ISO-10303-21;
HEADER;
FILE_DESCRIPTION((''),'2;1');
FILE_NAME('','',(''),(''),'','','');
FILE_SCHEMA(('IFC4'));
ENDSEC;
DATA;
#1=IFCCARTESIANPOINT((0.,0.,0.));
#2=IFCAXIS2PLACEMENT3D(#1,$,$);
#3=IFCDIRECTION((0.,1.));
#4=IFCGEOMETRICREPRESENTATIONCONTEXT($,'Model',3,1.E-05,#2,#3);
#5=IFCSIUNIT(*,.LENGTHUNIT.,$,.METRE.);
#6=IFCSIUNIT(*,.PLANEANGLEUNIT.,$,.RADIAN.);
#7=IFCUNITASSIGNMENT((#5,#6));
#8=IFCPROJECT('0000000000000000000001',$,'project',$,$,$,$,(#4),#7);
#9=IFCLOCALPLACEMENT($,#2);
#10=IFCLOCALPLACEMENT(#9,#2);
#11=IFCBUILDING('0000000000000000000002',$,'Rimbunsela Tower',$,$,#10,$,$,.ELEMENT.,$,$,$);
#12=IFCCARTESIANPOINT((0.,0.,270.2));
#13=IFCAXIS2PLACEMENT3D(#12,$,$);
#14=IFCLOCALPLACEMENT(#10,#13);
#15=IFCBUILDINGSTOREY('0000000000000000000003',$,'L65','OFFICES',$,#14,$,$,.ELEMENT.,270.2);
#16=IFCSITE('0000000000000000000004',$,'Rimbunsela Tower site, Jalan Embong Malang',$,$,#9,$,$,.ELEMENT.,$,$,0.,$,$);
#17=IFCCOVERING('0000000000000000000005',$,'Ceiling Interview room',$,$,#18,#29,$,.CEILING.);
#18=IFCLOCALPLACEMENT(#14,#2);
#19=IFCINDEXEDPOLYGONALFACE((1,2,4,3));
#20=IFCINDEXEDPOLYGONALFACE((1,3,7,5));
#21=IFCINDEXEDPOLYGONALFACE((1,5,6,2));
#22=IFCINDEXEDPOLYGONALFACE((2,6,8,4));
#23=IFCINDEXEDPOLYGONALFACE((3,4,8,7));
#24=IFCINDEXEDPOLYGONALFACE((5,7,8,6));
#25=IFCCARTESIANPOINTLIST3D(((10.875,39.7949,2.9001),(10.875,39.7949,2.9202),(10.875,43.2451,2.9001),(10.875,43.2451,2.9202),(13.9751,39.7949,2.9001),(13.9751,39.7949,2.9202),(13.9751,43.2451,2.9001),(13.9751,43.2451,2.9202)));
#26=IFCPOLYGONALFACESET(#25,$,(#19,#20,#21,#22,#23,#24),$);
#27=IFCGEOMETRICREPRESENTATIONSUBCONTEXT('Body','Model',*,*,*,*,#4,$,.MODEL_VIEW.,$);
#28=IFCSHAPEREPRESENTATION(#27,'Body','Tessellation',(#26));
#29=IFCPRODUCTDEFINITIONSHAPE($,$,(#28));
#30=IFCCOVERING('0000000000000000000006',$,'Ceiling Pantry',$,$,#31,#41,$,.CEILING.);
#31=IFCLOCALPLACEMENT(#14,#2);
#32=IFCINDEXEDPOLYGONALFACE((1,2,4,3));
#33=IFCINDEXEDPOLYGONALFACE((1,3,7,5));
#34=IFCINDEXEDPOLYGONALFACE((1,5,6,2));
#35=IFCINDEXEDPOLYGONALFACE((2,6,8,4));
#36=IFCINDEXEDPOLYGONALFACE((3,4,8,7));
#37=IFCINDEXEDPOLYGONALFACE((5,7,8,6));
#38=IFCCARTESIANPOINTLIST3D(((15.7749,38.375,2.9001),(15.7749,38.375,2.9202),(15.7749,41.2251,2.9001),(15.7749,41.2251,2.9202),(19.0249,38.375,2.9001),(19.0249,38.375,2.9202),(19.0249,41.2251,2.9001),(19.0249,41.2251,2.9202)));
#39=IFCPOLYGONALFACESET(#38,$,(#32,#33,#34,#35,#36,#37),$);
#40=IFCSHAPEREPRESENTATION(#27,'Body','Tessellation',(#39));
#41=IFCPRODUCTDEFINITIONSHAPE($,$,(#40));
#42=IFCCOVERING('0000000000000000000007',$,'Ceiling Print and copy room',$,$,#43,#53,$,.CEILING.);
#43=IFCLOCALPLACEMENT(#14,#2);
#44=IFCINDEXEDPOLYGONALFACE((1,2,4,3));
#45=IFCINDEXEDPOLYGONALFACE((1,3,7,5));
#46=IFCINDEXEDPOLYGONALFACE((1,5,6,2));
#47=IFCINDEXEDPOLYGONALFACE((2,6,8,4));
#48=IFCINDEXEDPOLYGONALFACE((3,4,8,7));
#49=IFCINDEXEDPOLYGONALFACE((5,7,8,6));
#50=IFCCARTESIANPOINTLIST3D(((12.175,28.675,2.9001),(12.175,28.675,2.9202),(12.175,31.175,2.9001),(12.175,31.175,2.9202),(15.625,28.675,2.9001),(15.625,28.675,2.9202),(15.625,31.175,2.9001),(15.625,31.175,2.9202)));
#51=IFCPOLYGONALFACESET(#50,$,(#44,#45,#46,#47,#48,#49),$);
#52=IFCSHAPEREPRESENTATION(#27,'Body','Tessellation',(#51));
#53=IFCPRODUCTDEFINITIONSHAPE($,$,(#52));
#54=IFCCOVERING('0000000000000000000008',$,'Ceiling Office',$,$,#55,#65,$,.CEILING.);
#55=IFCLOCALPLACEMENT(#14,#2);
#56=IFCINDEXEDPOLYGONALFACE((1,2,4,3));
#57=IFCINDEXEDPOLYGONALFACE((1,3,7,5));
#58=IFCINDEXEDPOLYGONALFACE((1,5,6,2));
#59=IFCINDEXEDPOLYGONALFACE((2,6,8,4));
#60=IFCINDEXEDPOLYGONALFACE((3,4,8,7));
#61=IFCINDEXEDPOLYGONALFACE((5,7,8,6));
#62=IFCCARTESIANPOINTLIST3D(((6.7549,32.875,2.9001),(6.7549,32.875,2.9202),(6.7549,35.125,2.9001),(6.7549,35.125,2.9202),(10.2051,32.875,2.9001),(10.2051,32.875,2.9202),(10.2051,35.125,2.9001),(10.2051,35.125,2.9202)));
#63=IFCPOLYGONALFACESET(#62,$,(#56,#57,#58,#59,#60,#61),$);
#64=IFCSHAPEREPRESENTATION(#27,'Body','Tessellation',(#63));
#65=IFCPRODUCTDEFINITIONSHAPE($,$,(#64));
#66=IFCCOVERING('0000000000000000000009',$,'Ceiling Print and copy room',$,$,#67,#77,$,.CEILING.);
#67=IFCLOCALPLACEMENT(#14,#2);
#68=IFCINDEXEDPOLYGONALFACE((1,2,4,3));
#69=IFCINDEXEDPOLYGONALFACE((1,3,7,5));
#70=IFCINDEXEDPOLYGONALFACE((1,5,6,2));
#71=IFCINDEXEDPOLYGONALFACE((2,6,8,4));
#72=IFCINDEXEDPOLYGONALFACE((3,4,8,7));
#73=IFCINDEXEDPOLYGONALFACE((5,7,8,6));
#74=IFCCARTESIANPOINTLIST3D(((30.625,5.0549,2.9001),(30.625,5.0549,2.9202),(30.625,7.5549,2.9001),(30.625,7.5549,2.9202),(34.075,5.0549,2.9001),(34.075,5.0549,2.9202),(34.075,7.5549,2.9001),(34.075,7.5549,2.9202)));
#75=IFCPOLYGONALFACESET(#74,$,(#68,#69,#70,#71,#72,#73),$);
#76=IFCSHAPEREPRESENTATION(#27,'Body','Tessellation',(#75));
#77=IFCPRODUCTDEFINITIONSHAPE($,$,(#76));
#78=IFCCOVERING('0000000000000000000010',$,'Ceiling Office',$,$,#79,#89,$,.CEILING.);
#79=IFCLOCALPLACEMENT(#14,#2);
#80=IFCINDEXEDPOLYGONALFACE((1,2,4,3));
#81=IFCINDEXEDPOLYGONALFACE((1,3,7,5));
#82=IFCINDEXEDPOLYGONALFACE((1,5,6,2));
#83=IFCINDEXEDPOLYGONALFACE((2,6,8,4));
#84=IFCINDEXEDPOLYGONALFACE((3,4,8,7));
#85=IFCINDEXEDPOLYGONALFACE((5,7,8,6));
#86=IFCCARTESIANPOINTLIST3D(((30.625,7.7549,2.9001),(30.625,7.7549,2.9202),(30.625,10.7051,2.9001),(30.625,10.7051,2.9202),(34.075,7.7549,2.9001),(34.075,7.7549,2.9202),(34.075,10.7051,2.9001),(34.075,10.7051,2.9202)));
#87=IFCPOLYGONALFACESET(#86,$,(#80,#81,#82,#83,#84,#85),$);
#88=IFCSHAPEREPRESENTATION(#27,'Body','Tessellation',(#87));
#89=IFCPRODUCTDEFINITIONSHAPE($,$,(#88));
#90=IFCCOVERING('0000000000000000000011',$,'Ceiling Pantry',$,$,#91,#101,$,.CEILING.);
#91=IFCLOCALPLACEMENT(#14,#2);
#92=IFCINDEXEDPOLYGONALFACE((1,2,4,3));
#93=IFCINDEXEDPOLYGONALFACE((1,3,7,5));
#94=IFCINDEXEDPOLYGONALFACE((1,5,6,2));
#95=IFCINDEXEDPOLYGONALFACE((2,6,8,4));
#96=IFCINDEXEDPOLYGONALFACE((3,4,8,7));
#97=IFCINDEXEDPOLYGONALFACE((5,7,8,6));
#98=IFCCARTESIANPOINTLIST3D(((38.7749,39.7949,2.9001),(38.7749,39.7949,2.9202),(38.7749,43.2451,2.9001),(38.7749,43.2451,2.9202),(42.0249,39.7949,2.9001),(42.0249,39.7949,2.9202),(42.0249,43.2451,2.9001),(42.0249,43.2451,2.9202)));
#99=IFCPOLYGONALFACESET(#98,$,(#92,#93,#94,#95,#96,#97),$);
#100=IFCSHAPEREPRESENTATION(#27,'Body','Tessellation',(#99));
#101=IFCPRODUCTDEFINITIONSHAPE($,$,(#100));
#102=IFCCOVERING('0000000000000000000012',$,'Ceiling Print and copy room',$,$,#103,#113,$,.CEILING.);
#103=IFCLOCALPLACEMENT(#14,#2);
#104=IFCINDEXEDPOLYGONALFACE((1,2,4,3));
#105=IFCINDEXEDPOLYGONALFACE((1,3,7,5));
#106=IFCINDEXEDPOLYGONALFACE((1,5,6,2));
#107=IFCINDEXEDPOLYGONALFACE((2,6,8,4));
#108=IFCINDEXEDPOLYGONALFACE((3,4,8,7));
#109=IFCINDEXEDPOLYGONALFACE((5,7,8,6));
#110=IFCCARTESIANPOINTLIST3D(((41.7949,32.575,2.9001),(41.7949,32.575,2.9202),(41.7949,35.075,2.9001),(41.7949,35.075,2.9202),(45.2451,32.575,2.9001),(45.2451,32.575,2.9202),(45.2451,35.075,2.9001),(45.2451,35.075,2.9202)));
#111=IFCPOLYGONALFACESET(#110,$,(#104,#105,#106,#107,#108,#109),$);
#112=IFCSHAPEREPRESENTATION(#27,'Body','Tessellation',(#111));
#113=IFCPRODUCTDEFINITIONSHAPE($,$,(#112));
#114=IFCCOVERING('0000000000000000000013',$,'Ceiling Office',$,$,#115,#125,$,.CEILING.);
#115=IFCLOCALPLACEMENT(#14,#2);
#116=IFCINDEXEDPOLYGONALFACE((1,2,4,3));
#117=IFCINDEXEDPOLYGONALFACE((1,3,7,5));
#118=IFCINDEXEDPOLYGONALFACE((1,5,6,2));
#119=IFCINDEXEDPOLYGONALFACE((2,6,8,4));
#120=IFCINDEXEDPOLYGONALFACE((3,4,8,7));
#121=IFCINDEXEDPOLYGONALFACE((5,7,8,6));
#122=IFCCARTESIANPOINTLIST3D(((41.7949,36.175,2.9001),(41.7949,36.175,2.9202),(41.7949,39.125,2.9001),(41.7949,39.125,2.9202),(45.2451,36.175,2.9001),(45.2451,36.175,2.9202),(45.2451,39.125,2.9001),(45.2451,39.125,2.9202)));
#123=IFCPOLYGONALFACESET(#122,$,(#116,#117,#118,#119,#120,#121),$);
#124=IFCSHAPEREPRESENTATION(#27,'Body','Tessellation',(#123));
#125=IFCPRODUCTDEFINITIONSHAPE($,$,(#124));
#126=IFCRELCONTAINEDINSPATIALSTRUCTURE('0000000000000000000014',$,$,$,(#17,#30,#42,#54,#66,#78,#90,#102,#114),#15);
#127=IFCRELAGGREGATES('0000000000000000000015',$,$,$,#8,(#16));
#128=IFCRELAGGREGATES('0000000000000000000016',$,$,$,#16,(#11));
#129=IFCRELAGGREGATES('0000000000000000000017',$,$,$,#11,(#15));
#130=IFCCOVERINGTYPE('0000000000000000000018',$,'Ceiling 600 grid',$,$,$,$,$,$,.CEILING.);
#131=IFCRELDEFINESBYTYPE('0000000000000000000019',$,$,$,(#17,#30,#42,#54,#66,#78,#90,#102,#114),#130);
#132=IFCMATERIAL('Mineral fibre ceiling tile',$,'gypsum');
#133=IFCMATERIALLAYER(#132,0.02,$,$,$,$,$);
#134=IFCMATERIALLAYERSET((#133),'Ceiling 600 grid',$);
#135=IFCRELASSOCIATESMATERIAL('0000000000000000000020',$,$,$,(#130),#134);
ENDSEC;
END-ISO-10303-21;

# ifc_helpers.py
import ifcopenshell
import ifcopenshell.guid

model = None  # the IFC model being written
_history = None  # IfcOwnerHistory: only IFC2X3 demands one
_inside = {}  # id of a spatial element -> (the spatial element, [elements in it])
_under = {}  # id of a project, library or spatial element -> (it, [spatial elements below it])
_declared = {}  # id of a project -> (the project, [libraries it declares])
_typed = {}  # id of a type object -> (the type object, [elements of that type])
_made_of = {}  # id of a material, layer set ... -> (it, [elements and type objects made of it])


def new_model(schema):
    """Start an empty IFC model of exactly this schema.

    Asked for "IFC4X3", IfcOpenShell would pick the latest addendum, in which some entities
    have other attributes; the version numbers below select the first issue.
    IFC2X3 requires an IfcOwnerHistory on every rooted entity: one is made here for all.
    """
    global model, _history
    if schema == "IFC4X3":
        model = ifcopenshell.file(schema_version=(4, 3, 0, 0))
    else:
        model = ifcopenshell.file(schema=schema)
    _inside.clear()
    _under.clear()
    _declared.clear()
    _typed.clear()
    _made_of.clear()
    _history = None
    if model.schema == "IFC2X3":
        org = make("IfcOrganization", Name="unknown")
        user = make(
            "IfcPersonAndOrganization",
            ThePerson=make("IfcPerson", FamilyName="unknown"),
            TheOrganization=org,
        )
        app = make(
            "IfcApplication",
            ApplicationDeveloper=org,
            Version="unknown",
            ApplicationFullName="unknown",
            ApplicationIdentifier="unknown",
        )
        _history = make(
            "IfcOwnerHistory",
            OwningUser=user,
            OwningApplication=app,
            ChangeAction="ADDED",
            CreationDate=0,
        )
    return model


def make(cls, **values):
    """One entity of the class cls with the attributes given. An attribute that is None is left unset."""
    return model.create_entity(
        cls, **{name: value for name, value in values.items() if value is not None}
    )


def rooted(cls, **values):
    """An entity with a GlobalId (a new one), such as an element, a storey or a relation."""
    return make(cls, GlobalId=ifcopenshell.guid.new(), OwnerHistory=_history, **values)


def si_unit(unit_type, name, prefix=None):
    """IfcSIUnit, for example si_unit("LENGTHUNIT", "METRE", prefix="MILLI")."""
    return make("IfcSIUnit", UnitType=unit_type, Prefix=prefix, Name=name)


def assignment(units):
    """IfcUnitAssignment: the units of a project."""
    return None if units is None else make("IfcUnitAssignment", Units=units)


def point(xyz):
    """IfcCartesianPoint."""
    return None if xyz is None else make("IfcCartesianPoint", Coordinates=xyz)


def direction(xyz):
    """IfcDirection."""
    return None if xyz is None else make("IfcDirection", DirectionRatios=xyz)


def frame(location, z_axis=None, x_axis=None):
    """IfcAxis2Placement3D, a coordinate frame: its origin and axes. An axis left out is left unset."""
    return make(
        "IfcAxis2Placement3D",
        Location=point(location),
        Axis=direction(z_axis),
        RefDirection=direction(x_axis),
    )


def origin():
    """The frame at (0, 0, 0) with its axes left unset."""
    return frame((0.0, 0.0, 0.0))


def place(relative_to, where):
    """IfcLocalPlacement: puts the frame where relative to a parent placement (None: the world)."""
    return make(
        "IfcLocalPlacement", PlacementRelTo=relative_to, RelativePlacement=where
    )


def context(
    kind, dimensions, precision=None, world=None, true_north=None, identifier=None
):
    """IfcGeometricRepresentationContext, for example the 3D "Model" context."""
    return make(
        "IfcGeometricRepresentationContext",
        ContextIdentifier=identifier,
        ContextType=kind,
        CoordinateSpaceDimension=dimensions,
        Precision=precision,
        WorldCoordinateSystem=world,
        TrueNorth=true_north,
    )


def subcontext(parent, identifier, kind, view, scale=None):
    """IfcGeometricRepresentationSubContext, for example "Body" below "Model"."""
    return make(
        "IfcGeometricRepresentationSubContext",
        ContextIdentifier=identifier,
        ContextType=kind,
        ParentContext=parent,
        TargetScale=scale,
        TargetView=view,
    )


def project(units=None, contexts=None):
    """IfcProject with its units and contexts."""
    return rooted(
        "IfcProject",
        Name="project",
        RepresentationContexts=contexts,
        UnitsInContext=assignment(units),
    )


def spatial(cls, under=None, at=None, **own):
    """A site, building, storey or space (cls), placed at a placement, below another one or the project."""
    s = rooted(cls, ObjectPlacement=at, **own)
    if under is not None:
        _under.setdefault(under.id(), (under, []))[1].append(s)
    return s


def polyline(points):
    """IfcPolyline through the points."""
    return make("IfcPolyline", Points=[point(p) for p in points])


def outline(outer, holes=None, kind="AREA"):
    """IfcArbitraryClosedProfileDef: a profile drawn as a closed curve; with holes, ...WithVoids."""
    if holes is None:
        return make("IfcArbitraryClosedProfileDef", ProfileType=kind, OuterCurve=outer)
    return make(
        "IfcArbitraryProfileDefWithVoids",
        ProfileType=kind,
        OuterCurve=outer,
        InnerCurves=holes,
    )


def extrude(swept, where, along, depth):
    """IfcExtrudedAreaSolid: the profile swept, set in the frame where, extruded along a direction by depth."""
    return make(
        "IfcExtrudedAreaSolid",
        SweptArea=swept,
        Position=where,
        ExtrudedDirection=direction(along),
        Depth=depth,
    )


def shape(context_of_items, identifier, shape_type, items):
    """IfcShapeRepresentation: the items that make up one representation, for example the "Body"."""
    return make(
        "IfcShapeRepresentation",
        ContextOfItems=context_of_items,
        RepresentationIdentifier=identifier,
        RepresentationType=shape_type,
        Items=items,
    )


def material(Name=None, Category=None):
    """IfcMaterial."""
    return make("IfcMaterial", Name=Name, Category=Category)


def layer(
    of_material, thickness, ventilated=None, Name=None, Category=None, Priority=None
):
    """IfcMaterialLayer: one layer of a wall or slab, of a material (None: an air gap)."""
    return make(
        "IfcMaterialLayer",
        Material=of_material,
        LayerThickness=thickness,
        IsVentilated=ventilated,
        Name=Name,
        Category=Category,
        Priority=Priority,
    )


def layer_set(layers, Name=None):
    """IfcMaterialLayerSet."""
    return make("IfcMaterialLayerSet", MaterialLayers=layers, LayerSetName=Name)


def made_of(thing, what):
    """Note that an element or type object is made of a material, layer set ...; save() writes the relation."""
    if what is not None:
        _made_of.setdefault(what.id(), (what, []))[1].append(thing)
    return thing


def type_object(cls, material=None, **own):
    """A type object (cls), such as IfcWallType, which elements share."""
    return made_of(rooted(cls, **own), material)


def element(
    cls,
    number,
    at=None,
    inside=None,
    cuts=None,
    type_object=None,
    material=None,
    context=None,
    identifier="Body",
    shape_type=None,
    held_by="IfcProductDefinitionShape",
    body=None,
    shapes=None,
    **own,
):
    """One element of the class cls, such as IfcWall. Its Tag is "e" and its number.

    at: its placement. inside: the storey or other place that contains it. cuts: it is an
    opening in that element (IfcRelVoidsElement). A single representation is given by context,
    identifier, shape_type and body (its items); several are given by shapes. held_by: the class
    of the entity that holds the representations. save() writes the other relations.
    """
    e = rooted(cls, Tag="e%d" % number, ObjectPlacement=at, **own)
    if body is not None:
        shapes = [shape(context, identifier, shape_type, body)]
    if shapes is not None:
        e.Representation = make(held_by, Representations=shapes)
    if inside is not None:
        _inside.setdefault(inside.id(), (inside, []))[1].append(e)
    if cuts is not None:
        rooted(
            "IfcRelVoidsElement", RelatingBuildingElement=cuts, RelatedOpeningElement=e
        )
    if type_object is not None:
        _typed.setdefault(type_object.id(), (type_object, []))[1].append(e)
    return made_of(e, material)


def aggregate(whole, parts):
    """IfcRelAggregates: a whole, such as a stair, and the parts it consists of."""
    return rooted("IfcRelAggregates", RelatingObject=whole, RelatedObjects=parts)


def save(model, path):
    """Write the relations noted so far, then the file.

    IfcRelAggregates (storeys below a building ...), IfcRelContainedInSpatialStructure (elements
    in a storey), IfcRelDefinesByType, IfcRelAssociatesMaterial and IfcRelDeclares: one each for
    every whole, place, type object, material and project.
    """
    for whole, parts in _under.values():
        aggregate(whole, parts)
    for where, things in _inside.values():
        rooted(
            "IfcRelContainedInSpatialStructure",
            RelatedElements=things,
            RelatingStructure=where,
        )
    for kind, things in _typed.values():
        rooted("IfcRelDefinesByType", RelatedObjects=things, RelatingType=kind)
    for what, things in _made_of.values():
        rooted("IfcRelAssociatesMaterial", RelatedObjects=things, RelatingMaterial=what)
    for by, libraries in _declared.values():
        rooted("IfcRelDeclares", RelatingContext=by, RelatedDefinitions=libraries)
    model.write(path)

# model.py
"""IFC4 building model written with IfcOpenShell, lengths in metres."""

from ifc_helpers import new_model, si_unit, direction, frame, origin, place, context, subcontext, project, spatial, polyline, outline, extrude, material, layer, layer_set, type_object, element, save


model = new_model("IFC4")

# Units and contexts
model_context = context("Model", 3, precision=1e-05, world=origin(), true_north=direction((0.0, 1.0)))
body_context = subcontext(model_context, "Body", "Model", "MODEL_VIEW")
ifc_project = project(units=[si_unit("LENGTHUNIT", "METRE"), si_unit("PLANEANGLEUNIT", "RADIAN")], contexts=[model_context])

# Site, building, storey
site_placement = place(None, origin())
site = spatial("IfcSite", under=ifc_project, at=site_placement, Name="Rimbunsela Tower site, Jalan Embong Malang", CompositionType="ELEMENT", RefElevation=0.0)
building_placement = place(site_placement, origin())
building = spatial("IfcBuilding", under=site, at=building_placement, Name="Rimbunsela Tower", CompositionType="ELEMENT")
storey_placement = place(building_placement, frame((0.0, 0.0, 270.2)))
storey = spatial("IfcBuildingStorey", under=building, at=storey_placement, Name="L65", Description="OFFICES", CompositionType="ELEMENT", Elevation=270.2)

# Coverings
ifc_material_1 = material(Name="Mineral fibre ceiling tile", Category="gypsum")
ifc_layer_1 = layer(ifc_material_1, 0.02)
ifc_layer_set_1 = layer_set([ifc_layer_1], Name="Ceiling 600 grid")
covering_type_1 = type_object("IfcCoveringType", Name="Ceiling 600 grid", PredefinedType="CEILING", material=ifc_layer_set_1)
covering_1_placement = place(storey_placement, frame((0.0, 0.0, 2.9001)))
element("IfcCovering", 1, at=covering_1_placement, inside=storey, type_object=covering_type_1, Name="Ceiling Interview room", PredefinedType="CEILING", context=body_context, shape_type="SweptSolid", body=[
    extrude(outline(polyline([(13.9751, 39.7949), (13.9751, 43.2451), (10.875, 43.2451), (10.875, 39.7949), (13.9751, 39.7949)])), origin(), (0.0, 0.0, 1.0), 0.02),
])
covering_2_placement = place(storey_placement, frame((0.0, 0.0, 2.9001)))
element("IfcCovering", 2, at=covering_2_placement, inside=storey, type_object=covering_type_1, Name="Ceiling Pantry", PredefinedType="CEILING", context=body_context, shape_type="SweptSolid", body=[
    extrude(outline(polyline([(19.0249, 38.375), (19.0249, 41.2251), (15.7749, 41.2251), (15.7749, 38.375), (19.0249, 38.375)])), origin(), (0.0, 0.0, 1.0), 0.02),
])
covering_3_placement = place(storey_placement, frame((0.0, 0.0, 2.9001)))
element("IfcCovering", 3, at=covering_3_placement, inside=storey, type_object=covering_type_1, Name="Ceiling Print and copy room", PredefinedType="CEILING", context=body_context, shape_type="SweptSolid", body=[
    extrude(outline(polyline([(15.625, 28.675), (15.625, 31.175), (12.175, 31.175), (12.175, 28.675), (15.625, 28.675)])), origin(), (0.0, 0.0, 1.0), 0.02),
])
covering_4_placement = place(storey_placement, frame((0.0, 0.0, 2.9001)))
element("IfcCovering", 4, at=covering_4_placement, inside=storey, type_object=covering_type_1, Name="Ceiling Office", PredefinedType="CEILING", context=body_context, shape_type="SweptSolid", body=[
    extrude(outline(polyline([(10.2051, 32.875), (10.2051, 35.125), (6.7549, 35.125), (6.7549, 32.875), (10.2051, 32.875)])), origin(), (0.0, 0.0, 1.0), 0.02),
])
covering_5_placement = place(storey_placement, frame((0.0, 0.0, 2.9001)))
element("IfcCovering", 5, at=covering_5_placement, inside=storey, type_object=covering_type_1, Name="Ceiling Print and copy room", PredefinedType="CEILING", context=body_context, shape_type="SweptSolid", body=[
    extrude(outline(polyline([(34.075, 5.0549), (34.075, 7.5549), (30.625, 7.5549), (30.625, 5.0549), (34.075, 5.0549)])), origin(), (0.0, 0.0, 1.0), 0.02),
])
covering_6_placement = place(storey_placement, frame((0.0, 0.0, 2.9001)))
element("IfcCovering", 6, at=covering_6_placement, inside=storey, type_object=covering_type_1, Name="Ceiling Office", PredefinedType="CEILING", context=body_context, shape_type="SweptSolid", body=[
    extrude(outline(polyline([(34.075, 7.7549), (34.075, 10.7051), (30.625, 10.7051), (30.625, 7.7549), (34.075, 7.7549)])), origin(), (0.0, 0.0, 1.0), 0.02),
])
covering_7_placement = place(storey_placement, frame((0.0, 0.0, 2.9001)))
element("IfcCovering", 7, at=covering_7_placement, inside=storey, type_object=covering_type_1, Name="Ceiling Pantry", PredefinedType="CEILING", context=body_context, shape_type="SweptSolid", body=[
    extrude(outline(polyline([(42.0249, 39.7949), (42.0249, 43.2451), (38.7749, 43.2451), (38.7749, 39.7949), (42.0249, 39.7949)])), origin(), (0.0, 0.0, 1.0), 0.02),
])
covering_8_placement = place(storey_placement, frame((0.0, 0.0, 2.9001)))
element("IfcCovering", 8, at=covering_8_placement, inside=storey, type_object=covering_type_1, Name="Ceiling Print and copy room", PredefinedType="CEILING", context=body_context, shape_type="SweptSolid", body=[
    extrude(outline(polyline([(45.2451, 32.575), (45.2451, 35.075), (41.7949, 35.075), (41.7949, 32.575), (45.2451, 32.575)])), origin(), (0.0, 0.0, 1.0), 0.02),
])
covering_9_placement = place(storey_placement, frame((0.0, 0.0, 2.9001)))
element("IfcCovering", 9, at=covering_9_placement, inside=storey, type_object=covering_type_1, Name="Ceiling Office", PredefinedType="CEILING", context=body_context, shape_type="SweptSolid", body=[
    extrude(outline(polyline([(45.2451, 36.175), (45.2451, 39.125), (41.7949, 39.125), (41.7949, 36.175), (45.2451, 36.175)])), origin(), (0.0, 0.0, 1.0), 0.02),
])

save(model, "model.ifc")
